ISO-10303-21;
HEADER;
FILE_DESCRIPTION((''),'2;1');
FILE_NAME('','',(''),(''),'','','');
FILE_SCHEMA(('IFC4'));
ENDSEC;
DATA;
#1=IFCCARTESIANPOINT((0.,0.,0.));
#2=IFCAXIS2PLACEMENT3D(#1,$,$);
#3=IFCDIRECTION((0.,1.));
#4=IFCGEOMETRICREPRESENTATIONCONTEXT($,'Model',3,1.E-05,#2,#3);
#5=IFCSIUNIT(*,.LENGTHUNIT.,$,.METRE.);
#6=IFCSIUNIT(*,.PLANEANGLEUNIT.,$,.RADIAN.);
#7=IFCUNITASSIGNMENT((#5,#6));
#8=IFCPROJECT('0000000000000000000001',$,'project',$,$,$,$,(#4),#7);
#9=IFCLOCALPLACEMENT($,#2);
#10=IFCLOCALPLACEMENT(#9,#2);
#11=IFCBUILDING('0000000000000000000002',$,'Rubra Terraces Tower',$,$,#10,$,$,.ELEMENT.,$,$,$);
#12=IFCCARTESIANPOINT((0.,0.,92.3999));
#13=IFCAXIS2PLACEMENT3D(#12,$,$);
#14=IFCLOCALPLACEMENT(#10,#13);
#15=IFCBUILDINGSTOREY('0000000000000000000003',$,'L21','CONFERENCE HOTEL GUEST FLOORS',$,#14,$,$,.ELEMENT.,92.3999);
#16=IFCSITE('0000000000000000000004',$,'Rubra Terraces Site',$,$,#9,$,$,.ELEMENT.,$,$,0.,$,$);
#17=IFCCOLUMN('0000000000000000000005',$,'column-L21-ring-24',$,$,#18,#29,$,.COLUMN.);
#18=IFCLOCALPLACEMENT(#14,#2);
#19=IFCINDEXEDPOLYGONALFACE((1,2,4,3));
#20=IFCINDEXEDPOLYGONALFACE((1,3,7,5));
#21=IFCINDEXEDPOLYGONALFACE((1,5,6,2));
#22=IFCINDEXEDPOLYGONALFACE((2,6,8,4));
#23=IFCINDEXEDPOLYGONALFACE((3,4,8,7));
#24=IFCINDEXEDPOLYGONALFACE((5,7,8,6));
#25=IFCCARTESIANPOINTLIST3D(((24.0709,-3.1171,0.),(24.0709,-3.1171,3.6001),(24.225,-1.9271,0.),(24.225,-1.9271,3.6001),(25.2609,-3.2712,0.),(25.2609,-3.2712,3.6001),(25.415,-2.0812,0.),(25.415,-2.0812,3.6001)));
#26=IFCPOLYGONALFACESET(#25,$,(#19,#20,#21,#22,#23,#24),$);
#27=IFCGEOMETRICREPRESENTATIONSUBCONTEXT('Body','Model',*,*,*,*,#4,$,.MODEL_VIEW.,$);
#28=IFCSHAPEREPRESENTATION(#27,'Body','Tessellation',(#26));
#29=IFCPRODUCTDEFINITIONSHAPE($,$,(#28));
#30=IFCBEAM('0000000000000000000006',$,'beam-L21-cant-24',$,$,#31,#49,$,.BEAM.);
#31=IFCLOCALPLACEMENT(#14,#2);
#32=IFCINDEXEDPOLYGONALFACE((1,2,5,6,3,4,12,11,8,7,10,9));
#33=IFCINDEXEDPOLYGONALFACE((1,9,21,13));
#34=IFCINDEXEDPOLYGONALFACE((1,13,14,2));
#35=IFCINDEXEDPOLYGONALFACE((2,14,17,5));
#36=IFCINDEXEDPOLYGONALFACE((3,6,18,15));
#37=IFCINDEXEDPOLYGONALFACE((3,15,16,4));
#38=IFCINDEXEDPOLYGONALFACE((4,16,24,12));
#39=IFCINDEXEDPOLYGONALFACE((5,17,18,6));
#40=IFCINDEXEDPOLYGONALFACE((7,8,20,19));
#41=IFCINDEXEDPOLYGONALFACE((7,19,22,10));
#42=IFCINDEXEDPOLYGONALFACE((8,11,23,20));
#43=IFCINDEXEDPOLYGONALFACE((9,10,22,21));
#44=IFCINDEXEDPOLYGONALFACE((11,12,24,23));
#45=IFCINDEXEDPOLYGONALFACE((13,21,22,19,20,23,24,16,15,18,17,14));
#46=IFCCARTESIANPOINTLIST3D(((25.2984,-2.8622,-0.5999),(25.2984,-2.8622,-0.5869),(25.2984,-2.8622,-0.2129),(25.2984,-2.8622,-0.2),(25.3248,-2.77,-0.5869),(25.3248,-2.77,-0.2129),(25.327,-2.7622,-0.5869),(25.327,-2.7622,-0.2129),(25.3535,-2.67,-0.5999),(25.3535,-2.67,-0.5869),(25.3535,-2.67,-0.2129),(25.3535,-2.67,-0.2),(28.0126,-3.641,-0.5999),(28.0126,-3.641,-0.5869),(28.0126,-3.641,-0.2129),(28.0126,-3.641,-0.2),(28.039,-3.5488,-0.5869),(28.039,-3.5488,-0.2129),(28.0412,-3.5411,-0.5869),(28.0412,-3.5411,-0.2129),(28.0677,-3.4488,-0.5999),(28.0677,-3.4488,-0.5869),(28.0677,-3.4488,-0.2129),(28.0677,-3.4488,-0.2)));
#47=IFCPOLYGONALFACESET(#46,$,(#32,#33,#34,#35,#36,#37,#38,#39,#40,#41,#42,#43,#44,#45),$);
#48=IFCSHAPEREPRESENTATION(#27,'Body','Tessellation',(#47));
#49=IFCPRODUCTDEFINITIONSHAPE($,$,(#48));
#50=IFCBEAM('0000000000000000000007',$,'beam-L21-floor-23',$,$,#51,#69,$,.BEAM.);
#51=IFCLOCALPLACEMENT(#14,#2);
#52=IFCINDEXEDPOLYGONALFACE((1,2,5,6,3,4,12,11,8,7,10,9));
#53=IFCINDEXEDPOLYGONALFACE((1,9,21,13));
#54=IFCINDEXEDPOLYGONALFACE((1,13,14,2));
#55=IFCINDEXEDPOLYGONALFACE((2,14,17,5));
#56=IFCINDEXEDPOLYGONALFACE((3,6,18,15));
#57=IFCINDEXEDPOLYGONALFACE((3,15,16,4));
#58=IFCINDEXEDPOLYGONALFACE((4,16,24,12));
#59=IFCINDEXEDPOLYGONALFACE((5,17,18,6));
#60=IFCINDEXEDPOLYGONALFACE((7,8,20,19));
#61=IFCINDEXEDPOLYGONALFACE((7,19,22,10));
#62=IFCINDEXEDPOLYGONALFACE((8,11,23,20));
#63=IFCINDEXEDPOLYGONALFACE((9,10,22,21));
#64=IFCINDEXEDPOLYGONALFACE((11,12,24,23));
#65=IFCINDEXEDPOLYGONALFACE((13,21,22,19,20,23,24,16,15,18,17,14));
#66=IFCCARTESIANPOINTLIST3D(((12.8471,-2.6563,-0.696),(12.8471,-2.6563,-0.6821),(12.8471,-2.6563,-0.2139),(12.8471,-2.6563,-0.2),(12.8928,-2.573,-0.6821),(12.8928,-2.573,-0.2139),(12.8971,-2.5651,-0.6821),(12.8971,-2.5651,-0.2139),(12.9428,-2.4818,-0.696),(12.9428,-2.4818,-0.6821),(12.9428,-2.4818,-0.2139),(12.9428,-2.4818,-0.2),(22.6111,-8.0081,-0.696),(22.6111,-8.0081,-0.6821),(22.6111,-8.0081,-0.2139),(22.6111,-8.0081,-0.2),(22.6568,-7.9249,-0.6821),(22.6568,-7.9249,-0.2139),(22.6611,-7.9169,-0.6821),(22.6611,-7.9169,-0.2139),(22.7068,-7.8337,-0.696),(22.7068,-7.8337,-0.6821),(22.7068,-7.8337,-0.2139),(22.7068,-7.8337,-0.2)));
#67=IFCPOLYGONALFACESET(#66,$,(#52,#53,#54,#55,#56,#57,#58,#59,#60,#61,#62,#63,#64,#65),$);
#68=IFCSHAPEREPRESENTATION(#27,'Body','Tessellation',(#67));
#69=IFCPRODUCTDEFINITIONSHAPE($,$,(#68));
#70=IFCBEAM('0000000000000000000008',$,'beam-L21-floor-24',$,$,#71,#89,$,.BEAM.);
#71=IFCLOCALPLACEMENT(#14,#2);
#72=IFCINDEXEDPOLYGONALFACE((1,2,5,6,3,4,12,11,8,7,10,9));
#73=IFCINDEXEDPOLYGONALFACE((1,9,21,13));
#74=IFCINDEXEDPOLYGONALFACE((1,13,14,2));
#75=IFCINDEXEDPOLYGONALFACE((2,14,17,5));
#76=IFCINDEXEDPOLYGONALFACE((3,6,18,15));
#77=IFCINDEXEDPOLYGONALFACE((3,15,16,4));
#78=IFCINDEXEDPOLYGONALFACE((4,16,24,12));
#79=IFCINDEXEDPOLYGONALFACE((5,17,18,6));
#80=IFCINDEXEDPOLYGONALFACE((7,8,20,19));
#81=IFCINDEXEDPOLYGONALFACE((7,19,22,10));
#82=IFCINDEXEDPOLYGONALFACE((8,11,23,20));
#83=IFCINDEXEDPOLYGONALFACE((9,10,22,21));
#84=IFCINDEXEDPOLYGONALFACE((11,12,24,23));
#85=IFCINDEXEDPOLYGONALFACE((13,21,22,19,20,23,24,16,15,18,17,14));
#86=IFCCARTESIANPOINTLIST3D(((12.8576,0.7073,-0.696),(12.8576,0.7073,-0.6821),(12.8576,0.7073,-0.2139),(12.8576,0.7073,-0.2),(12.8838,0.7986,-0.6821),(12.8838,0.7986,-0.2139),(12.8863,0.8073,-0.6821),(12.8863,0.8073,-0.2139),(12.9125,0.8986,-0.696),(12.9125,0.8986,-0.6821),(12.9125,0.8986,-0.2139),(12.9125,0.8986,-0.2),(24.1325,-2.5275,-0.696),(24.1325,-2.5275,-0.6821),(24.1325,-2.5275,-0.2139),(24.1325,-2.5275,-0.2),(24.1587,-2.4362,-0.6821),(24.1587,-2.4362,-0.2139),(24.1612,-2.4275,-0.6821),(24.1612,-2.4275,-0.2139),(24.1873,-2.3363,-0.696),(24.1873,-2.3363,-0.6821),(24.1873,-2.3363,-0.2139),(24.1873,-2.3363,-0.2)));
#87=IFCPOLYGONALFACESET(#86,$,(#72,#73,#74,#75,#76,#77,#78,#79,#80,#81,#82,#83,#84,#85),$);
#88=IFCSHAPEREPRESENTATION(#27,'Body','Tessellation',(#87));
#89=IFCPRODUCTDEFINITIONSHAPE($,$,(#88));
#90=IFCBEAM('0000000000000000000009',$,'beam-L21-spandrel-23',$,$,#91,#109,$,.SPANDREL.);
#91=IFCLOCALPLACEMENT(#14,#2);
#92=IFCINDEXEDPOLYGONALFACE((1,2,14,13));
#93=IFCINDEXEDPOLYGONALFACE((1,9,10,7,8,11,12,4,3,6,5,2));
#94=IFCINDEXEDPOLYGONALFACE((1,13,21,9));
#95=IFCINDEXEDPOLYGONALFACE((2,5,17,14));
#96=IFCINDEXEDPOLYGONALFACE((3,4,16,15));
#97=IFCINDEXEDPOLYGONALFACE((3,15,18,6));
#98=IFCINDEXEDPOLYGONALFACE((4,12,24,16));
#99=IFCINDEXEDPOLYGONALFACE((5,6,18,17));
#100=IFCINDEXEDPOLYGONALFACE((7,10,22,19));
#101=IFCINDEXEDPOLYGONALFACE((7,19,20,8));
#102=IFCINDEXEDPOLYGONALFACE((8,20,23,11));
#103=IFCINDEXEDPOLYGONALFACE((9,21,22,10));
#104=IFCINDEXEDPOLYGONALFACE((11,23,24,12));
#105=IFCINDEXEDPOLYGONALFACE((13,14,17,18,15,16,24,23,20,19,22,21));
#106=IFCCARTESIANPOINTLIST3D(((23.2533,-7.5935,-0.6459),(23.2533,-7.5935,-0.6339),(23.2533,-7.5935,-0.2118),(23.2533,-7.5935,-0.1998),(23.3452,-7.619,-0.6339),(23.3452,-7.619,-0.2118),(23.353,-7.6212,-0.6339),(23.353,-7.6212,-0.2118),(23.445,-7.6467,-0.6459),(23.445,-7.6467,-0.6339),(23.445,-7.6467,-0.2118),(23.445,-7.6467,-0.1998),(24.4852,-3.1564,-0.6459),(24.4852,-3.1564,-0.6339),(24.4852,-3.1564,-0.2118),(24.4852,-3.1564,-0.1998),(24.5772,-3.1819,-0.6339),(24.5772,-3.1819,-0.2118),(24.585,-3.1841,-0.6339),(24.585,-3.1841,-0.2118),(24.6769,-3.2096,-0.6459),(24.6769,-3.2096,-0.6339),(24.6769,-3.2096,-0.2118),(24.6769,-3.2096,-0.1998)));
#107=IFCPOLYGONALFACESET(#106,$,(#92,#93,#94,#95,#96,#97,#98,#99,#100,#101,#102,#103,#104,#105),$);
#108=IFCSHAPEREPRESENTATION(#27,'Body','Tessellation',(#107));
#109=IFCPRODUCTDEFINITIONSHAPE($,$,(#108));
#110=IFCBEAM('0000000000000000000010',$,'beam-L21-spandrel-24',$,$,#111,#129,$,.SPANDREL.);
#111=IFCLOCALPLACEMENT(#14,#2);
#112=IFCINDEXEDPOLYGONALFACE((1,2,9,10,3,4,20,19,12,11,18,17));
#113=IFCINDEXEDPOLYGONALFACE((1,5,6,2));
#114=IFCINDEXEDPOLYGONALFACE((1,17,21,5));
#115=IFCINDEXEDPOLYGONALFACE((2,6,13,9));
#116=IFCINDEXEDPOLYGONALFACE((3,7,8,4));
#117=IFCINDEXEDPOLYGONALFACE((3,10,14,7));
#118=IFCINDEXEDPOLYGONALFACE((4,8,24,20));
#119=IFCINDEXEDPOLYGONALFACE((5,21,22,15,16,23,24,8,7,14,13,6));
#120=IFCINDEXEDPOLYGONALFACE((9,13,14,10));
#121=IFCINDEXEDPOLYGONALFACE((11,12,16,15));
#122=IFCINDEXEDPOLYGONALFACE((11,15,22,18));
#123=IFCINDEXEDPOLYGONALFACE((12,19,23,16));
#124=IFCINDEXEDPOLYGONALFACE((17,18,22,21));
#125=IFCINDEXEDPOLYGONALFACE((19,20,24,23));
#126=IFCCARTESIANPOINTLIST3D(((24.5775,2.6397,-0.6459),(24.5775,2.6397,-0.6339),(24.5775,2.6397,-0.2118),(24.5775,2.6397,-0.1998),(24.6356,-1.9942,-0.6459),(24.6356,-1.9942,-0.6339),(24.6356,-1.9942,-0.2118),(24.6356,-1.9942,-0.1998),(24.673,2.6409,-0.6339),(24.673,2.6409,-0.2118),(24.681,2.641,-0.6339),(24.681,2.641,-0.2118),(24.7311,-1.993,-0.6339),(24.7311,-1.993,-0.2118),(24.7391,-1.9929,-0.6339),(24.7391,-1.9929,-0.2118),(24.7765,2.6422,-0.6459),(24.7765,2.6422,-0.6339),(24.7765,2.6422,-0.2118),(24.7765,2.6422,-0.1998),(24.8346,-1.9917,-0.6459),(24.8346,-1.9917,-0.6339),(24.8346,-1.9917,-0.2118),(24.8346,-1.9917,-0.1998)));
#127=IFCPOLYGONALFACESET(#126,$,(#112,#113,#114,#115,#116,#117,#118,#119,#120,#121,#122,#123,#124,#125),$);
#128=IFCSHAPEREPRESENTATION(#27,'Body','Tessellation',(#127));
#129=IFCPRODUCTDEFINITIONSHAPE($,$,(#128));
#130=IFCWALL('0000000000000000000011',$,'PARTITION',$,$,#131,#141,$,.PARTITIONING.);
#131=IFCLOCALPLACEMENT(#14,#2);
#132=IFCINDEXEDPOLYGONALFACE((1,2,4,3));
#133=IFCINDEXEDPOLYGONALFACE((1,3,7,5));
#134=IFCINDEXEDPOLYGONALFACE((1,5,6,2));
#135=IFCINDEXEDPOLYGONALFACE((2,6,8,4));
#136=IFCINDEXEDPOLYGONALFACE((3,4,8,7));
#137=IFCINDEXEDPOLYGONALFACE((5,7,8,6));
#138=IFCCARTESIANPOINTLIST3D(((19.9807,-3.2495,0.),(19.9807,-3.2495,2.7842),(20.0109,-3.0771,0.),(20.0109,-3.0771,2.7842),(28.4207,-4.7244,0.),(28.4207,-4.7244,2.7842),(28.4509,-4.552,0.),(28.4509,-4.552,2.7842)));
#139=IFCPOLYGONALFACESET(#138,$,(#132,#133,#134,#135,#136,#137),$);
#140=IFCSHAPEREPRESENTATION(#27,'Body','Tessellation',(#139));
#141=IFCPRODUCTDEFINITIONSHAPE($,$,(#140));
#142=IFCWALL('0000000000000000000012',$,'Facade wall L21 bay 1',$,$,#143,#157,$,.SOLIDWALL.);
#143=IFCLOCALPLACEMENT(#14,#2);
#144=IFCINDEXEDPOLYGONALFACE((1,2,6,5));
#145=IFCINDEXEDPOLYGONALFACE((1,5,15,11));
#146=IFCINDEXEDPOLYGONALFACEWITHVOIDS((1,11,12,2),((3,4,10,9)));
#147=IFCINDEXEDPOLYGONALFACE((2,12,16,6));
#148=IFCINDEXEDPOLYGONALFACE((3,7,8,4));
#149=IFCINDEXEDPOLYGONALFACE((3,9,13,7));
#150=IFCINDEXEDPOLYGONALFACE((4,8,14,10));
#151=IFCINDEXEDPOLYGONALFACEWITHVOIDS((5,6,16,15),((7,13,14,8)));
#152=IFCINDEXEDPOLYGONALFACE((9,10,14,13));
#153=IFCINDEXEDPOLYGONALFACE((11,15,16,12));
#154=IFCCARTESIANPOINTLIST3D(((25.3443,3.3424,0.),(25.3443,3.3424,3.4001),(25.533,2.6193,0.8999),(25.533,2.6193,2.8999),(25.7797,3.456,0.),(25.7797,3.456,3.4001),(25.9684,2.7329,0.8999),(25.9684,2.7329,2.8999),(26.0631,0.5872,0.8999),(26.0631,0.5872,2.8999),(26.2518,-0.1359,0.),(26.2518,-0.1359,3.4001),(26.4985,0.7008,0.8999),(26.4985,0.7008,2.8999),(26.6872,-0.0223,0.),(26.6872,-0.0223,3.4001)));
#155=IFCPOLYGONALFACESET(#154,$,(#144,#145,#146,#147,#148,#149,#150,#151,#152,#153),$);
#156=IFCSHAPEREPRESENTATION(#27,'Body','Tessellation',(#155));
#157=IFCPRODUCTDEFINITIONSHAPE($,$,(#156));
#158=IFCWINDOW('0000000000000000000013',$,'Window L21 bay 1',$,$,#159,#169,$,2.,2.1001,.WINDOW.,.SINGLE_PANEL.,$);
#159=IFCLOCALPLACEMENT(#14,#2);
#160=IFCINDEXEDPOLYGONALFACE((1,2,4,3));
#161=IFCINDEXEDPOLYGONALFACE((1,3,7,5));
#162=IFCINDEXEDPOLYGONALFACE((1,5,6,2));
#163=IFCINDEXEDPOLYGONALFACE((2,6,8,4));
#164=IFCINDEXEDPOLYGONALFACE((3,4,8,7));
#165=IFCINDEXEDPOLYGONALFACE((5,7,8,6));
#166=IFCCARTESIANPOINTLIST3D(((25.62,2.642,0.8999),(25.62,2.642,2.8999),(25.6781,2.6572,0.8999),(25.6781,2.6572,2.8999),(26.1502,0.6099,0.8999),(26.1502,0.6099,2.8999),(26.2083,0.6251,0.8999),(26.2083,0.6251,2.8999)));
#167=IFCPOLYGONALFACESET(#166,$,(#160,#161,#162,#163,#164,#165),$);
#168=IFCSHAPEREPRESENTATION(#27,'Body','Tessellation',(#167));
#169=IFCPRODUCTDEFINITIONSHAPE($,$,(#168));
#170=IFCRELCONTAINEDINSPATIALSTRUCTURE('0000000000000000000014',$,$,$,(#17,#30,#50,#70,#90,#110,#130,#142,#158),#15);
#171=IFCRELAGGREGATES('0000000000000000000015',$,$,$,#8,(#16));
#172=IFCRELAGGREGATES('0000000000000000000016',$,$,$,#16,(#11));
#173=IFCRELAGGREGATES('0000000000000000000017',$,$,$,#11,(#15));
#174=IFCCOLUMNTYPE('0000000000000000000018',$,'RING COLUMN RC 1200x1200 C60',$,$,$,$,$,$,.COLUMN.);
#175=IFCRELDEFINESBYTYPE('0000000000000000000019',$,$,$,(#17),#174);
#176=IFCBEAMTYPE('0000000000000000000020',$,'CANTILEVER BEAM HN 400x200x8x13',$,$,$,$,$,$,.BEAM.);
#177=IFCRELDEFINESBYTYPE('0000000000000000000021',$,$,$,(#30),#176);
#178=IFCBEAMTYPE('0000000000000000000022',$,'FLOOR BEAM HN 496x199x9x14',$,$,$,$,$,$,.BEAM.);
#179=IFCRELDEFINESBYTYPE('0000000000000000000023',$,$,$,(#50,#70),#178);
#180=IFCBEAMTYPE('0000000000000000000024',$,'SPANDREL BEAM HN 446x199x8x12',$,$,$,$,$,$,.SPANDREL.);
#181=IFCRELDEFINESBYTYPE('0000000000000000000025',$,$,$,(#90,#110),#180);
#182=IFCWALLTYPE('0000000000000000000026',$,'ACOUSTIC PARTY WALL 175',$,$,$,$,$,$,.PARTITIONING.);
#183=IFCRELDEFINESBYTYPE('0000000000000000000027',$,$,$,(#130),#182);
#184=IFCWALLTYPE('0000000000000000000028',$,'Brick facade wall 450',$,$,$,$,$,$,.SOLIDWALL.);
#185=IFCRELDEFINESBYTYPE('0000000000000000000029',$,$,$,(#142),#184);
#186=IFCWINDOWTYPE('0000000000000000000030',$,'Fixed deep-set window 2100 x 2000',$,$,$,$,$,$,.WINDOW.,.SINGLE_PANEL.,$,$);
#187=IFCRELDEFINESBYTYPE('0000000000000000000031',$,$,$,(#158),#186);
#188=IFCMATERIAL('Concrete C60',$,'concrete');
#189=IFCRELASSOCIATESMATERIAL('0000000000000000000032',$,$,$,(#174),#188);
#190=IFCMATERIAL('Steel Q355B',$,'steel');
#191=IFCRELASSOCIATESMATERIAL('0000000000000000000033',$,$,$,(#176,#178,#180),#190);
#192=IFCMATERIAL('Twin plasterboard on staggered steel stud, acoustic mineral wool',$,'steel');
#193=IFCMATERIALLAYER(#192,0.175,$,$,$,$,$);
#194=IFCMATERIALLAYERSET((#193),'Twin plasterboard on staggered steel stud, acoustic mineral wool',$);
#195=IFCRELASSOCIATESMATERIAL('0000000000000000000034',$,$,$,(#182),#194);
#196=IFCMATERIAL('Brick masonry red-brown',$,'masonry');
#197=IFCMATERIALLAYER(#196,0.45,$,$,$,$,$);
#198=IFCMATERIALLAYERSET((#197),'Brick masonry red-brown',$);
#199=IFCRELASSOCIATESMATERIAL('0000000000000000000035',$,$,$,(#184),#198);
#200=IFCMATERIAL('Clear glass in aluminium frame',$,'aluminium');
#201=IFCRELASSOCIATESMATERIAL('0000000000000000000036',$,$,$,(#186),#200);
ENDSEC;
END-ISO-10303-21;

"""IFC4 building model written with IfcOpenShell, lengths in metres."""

from ifc_helpers import new_model, si_unit, direction, frame, frame_2d, origin, origin_2d, place, context, subcontext, project, spatial, rectangle, i_section, extrude, material, layer, layer_set, material_profile, profile_set, type_object, element, fill, save


model = new_model("IFC4")

# Units and contexts
model_context = context("Model", 3, precision=1e-05, world=origin(), true_north=direction((0.0, 1.0)))
body_context = subcontext(model_context, "Body", "Model", "MODEL_VIEW")
ifc_project = project(units=[si_unit("LENGTHUNIT", "METRE"), si_unit("PLANEANGLEUNIT", "RADIAN")], contexts=[model_context])

# Site, building, storey
site_placement = place(None, origin())
site = spatial("IfcSite", under=ifc_project, at=site_placement, Name="Rubra Terraces Site", CompositionType="ELEMENT", RefElevation=0.0)
building_placement = place(site_placement, origin())
building = spatial("IfcBuilding", under=site, at=building_placement, Name="Rubra Terraces Tower", CompositionType="ELEMENT")
storey_placement = place(building_placement, frame((0.0, 0.0, 92.3999)))
storey = spatial("IfcBuildingStorey", under=building, at=storey_placement, Name="L21", Description="CONFERENCE HOTEL GUEST FLOORS", CompositionType="ELEMENT", Elevation=92.3999)

# Column
ifc_material_1 = material(Name="Concrete C60", Category="concrete")
ifc_material_profile_1 = material_profile(ifc_material_1, rectangle(XDim=1.2, YDim=1.2, at=origin_2d()), Name="RC 1200x1200")
ifc_profile_set_1 = profile_set([ifc_material_profile_1], Name="Concrete C60")
column_type = type_object("IfcColumnType", Name="RING COLUMN RC 1200x1200 C60", PredefinedType="COLUMN", material=ifc_profile_set_1)
column_placement = place(storey_placement, frame((24.7429, -2.5991, 0.0), z_axis=(0.0, 0.0, 1.0), x_axis=(0.128444, 0.991717, 0.0)))
element("IfcColumn", 1, at=column_placement, inside=storey, type_object=column_type, Name="column-L21-ring-24", PredefinedType="COLUMN", context=body_context, shape_type="SweptSolid", body=[
    extrude(rectangle(XDim=1.2, YDim=1.2, at=origin_2d()), origin(), (0.0, 0.0, 1.0), 3.6001),
])

# Beams
ifc_material_2 = material(Name="Steel Q355B", Category="steel")
ifc_material_profile_2 = material_profile(ifc_material_2, i_section(OverallWidth=0.2, OverallDepth=0.3999, WebThickness=0.0081, FlangeThickness=0.0129, at=origin_2d()), Name="HN 400x200x8x13")
ifc_profile_set_2 = profile_set([ifc_material_profile_2], Name="Steel Q355B")
beam_type_1 = type_object("IfcBeamType", Name="CANTILEVER BEAM HN 400x200x8x13", PredefinedType="BEAM", material=ifc_profile_set_2)
beam_1_placement = place(storey_placement, frame((25.3259, -2.7661, -0.3999), z_axis=(0.96121, -0.275817, 0.0), x_axis=(0.275817, 0.96121, 0.0)))
element("IfcBeam", 2, at=beam_1_placement, inside=storey, type_object=beam_type_1, Name="beam-L21-cant-24", PredefinedType="BEAM", context=body_context, shape_type="SweptSolid", body=[
    extrude(i_section(OverallWidth=0.2, OverallDepth=0.3999, WebThickness=0.0081, FlangeThickness=0.0129, at=origin_2d()), origin(), (0.0, 0.0, 1.0), 2.8237),
])
ifc_material_profile_3 = material_profile(ifc_material_2, i_section(OverallWidth=0.199, OverallDepth=0.4961, WebThickness=0.009, FlangeThickness=0.0139, at=origin_2d()), Name="HN 496x199x9x14")
ifc_profile_set_3 = profile_set([ifc_material_profile_3], Name="Steel Q355B")
beam_type_2 = type_object("IfcBeamType", Name="FLOOR BEAM HN 496x199x9x14", PredefinedType="BEAM", material=ifc_profile_set_3)
beam_2_placement = place(storey_placement, frame((22.6589, -7.9209, -0.448), z_axis=(-0.876911, 0.480653, 0.0), x_axis=(-0.480653, -0.876911, 0.0)))
element("IfcBeam", 3, at=beam_2_placement, inside=storey, type_object=beam_type_2, Name="beam-L21-floor-23", PredefinedType="BEAM", context=body_context, shape_type="SweptSolid", body=[
    extrude(i_section(OverallWidth=0.199, OverallDepth=0.4961, WebThickness=0.009, FlangeThickness=0.0139, at=origin_2d()), origin(), (0.0, 0.0, 1.0), 11.1345),
])
beam_3_placement = place(storey_placement, frame((24.1599, -2.4319, -0.448), z_axis=(-0.96122, 0.275782, 0.0), x_axis=(-0.275782, -0.96122, 0.0)))
element("IfcBeam", 4, at=beam_3_placement, inside=storey, type_object=beam_type_2, Name="beam-L21-floor-24", PredefinedType="BEAM", context=body_context, shape_type="SweptSolid", body=[
    extrude(i_section(OverallWidth=0.199, OverallDepth=0.4961, WebThickness=0.009, FlangeThickness=0.0139, at=origin_2d()), origin(), (0.0, 0.0, 1.0), 11.7297),
])
ifc_material_profile_4 = material_profile(ifc_material_2, i_section(OverallWidth=0.199, OverallDepth=0.446, WebThickness=0.0081, FlangeThickness=0.012, at=origin_2d()), Name="HN 446x199x8x12")
ifc_profile_set_4 = profile_set([ifc_material_profile_4], Name="Steel Q355B")
beam_type_3 = type_object("IfcBeamType", Name="SPANDREL BEAM HN 446x199x8x12", PredefinedType="SPANDREL", material=ifc_profile_set_4)
beam_4_placement = place(storey_placement, frame((23.3491, -7.6201, -0.4229), z_axis=(0.267529, 0.96355, 0.0), x_axis=(-0.96355, 0.267529, 0.0)))
element("IfcBeam", 5, at=beam_4_placement, inside=storey, type_object=beam_type_3, Name="beam-L21-spandrel-23", PredefinedType="SPANDREL", context=body_context, shape_type="SweptSolid", body=[
    extrude(i_section(OverallWidth=0.199, OverallDepth=0.446, WebThickness=0.0081, FlangeThickness=0.012, at=origin_2d()), origin(), (0.0, 0.0, 1.0), 4.605),
])
beam_5_placement = place(storey_placement, frame((24.7351, -1.9929, -0.4229), z_axis=(-0.012538, 0.999921, 0.0), x_axis=(-0.999921, -0.012538, 0.0)))
element("IfcBeam", 6, at=beam_5_placement, inside=storey, type_object=beam_type_3, Name="beam-L21-spandrel-24", PredefinedType="SPANDREL", context=body_context, shape_type="SweptSolid", body=[
    extrude(i_section(OverallWidth=0.199, OverallDepth=0.446, WebThickness=0.0081, FlangeThickness=0.012, at=origin_2d()), origin(), (0.0, 0.0, 1.0), 4.6343),
])

# Wall
ifc_material_3 = material(Name="Twin plasterboard on staggered steel stud, acoustic mineral wool", Category="steel")
ifc_layer_1 = layer(ifc_material_3, 0.175)
ifc_layer_set_1 = layer_set([ifc_layer_1], Name="Twin plasterboard on staggered steel stud, acoustic mineral wool")
wall_type_1 = type_object("IfcWallType", Name="ACOUSTIC PARTY WALL 175", PredefinedType="PARTITIONING", material=ifc_layer_set_1)
wall_1_placement = place(storey_placement, frame((28.4358, -4.6382, 0.0), z_axis=(0.0, 0.0, 1.0), x_axis=(-0.985073, 0.172138, 0.0)))
element("IfcWall", 7, at=wall_1_placement, inside=storey, type_object=wall_type_1, Name="PARTITION", PredefinedType="PARTITIONING", context=body_context, shape_type="SweptSolid", body=[
    extrude(rectangle(XDim=8.5679, YDim=0.175, at=frame_2d((4.2839, 0.0))), origin(), (0.0, 0.0, 1.0), 2.7842),
])

# Wall, opening, window
ifc_material_4 = material(Name="Brick masonry red-brown", Category="masonry")
ifc_layer_2 = layer(ifc_material_4, 0.45)
ifc_layer_set_2 = layer_set([ifc_layer_2], Name="Brick masonry red-brown")
wall_type_2 = type_object("IfcWallType", Name="Brick facade wall 450", PredefinedType="SOLIDWALL", material=ifc_layer_set_2)
wall_2_placement = place(storey_placement, frame((26.4695, -0.0791, 0.0), z_axis=(0.0, 0.0, 1.0), x_axis=(-0.252447, 0.967611, 0.0)))
wall_2 = element("IfcWall", 8, at=wall_2_placement, inside=storey, type_object=wall_type_2, Name="Facade wall L21 bay 1", PredefinedType="SOLIDWALL", context=body_context, shape_type="SweptSolid", body=[
    extrude(rectangle(XDim=3.5947, YDim=0.45, at=frame_2d((1.7974, 0.0))), origin(), (0.0, 0.0, 1.0), 3.4001),
])
opening_1_placement = place(wall_2_placement, frame((0.7473, 0.0, 0.8999)))
opening_1 = element("IfcOpeningElement", 9, at=opening_1_placement, cuts=wall_2, PredefinedType="OPENING", context=body_context, shape_type="SweptSolid", body=[
    extrude(rectangle(XDim=2.1001, YDim=2.0, at=frame_2d((1.05, 1.0))), frame((0.0, 0.2349, 0.0), z_axis=(0.0, -1.0, 0.0), x_axis=(1.0, 0.0, 0.0)), (0.0, 0.0, 1.0), 0.47),
])
ifc_material_5 = material(Name="Clear glass in aluminium frame", Category="aluminium")
window_type = type_object("IfcWindowType", Name="Fixed deep-set window 2100 x 2000", PartitioningType="SINGLE_PANEL", PredefinedType="WINDOW", material=ifc_material_5)
window_1_placement = place(opening_1_placement, origin())
window_1 = element("IfcWindow", 10, at=window_1_placement, inside=storey, type_object=window_type, Name="Window L21 bay 1", OverallHeight=2.0, OverallWidth=2.1001, PartitioningType="SINGLE_PANEL", PredefinedType="WINDOW", context=body_context, shape_type="SweptSolid", body=[
    extrude(rectangle(XDim=2.1001, YDim=2.0, at=frame_2d((1.05, 1.0))), frame((0.0, 0.135, 0.0), z_axis=(0.0, -1.0, 0.0), x_axis=(1.0, 0.0, 0.0)), (0.0, 0.0, 1.0), 0.0601),
])
fill(opening_1, window_1)

save(model, "model.ifc")
